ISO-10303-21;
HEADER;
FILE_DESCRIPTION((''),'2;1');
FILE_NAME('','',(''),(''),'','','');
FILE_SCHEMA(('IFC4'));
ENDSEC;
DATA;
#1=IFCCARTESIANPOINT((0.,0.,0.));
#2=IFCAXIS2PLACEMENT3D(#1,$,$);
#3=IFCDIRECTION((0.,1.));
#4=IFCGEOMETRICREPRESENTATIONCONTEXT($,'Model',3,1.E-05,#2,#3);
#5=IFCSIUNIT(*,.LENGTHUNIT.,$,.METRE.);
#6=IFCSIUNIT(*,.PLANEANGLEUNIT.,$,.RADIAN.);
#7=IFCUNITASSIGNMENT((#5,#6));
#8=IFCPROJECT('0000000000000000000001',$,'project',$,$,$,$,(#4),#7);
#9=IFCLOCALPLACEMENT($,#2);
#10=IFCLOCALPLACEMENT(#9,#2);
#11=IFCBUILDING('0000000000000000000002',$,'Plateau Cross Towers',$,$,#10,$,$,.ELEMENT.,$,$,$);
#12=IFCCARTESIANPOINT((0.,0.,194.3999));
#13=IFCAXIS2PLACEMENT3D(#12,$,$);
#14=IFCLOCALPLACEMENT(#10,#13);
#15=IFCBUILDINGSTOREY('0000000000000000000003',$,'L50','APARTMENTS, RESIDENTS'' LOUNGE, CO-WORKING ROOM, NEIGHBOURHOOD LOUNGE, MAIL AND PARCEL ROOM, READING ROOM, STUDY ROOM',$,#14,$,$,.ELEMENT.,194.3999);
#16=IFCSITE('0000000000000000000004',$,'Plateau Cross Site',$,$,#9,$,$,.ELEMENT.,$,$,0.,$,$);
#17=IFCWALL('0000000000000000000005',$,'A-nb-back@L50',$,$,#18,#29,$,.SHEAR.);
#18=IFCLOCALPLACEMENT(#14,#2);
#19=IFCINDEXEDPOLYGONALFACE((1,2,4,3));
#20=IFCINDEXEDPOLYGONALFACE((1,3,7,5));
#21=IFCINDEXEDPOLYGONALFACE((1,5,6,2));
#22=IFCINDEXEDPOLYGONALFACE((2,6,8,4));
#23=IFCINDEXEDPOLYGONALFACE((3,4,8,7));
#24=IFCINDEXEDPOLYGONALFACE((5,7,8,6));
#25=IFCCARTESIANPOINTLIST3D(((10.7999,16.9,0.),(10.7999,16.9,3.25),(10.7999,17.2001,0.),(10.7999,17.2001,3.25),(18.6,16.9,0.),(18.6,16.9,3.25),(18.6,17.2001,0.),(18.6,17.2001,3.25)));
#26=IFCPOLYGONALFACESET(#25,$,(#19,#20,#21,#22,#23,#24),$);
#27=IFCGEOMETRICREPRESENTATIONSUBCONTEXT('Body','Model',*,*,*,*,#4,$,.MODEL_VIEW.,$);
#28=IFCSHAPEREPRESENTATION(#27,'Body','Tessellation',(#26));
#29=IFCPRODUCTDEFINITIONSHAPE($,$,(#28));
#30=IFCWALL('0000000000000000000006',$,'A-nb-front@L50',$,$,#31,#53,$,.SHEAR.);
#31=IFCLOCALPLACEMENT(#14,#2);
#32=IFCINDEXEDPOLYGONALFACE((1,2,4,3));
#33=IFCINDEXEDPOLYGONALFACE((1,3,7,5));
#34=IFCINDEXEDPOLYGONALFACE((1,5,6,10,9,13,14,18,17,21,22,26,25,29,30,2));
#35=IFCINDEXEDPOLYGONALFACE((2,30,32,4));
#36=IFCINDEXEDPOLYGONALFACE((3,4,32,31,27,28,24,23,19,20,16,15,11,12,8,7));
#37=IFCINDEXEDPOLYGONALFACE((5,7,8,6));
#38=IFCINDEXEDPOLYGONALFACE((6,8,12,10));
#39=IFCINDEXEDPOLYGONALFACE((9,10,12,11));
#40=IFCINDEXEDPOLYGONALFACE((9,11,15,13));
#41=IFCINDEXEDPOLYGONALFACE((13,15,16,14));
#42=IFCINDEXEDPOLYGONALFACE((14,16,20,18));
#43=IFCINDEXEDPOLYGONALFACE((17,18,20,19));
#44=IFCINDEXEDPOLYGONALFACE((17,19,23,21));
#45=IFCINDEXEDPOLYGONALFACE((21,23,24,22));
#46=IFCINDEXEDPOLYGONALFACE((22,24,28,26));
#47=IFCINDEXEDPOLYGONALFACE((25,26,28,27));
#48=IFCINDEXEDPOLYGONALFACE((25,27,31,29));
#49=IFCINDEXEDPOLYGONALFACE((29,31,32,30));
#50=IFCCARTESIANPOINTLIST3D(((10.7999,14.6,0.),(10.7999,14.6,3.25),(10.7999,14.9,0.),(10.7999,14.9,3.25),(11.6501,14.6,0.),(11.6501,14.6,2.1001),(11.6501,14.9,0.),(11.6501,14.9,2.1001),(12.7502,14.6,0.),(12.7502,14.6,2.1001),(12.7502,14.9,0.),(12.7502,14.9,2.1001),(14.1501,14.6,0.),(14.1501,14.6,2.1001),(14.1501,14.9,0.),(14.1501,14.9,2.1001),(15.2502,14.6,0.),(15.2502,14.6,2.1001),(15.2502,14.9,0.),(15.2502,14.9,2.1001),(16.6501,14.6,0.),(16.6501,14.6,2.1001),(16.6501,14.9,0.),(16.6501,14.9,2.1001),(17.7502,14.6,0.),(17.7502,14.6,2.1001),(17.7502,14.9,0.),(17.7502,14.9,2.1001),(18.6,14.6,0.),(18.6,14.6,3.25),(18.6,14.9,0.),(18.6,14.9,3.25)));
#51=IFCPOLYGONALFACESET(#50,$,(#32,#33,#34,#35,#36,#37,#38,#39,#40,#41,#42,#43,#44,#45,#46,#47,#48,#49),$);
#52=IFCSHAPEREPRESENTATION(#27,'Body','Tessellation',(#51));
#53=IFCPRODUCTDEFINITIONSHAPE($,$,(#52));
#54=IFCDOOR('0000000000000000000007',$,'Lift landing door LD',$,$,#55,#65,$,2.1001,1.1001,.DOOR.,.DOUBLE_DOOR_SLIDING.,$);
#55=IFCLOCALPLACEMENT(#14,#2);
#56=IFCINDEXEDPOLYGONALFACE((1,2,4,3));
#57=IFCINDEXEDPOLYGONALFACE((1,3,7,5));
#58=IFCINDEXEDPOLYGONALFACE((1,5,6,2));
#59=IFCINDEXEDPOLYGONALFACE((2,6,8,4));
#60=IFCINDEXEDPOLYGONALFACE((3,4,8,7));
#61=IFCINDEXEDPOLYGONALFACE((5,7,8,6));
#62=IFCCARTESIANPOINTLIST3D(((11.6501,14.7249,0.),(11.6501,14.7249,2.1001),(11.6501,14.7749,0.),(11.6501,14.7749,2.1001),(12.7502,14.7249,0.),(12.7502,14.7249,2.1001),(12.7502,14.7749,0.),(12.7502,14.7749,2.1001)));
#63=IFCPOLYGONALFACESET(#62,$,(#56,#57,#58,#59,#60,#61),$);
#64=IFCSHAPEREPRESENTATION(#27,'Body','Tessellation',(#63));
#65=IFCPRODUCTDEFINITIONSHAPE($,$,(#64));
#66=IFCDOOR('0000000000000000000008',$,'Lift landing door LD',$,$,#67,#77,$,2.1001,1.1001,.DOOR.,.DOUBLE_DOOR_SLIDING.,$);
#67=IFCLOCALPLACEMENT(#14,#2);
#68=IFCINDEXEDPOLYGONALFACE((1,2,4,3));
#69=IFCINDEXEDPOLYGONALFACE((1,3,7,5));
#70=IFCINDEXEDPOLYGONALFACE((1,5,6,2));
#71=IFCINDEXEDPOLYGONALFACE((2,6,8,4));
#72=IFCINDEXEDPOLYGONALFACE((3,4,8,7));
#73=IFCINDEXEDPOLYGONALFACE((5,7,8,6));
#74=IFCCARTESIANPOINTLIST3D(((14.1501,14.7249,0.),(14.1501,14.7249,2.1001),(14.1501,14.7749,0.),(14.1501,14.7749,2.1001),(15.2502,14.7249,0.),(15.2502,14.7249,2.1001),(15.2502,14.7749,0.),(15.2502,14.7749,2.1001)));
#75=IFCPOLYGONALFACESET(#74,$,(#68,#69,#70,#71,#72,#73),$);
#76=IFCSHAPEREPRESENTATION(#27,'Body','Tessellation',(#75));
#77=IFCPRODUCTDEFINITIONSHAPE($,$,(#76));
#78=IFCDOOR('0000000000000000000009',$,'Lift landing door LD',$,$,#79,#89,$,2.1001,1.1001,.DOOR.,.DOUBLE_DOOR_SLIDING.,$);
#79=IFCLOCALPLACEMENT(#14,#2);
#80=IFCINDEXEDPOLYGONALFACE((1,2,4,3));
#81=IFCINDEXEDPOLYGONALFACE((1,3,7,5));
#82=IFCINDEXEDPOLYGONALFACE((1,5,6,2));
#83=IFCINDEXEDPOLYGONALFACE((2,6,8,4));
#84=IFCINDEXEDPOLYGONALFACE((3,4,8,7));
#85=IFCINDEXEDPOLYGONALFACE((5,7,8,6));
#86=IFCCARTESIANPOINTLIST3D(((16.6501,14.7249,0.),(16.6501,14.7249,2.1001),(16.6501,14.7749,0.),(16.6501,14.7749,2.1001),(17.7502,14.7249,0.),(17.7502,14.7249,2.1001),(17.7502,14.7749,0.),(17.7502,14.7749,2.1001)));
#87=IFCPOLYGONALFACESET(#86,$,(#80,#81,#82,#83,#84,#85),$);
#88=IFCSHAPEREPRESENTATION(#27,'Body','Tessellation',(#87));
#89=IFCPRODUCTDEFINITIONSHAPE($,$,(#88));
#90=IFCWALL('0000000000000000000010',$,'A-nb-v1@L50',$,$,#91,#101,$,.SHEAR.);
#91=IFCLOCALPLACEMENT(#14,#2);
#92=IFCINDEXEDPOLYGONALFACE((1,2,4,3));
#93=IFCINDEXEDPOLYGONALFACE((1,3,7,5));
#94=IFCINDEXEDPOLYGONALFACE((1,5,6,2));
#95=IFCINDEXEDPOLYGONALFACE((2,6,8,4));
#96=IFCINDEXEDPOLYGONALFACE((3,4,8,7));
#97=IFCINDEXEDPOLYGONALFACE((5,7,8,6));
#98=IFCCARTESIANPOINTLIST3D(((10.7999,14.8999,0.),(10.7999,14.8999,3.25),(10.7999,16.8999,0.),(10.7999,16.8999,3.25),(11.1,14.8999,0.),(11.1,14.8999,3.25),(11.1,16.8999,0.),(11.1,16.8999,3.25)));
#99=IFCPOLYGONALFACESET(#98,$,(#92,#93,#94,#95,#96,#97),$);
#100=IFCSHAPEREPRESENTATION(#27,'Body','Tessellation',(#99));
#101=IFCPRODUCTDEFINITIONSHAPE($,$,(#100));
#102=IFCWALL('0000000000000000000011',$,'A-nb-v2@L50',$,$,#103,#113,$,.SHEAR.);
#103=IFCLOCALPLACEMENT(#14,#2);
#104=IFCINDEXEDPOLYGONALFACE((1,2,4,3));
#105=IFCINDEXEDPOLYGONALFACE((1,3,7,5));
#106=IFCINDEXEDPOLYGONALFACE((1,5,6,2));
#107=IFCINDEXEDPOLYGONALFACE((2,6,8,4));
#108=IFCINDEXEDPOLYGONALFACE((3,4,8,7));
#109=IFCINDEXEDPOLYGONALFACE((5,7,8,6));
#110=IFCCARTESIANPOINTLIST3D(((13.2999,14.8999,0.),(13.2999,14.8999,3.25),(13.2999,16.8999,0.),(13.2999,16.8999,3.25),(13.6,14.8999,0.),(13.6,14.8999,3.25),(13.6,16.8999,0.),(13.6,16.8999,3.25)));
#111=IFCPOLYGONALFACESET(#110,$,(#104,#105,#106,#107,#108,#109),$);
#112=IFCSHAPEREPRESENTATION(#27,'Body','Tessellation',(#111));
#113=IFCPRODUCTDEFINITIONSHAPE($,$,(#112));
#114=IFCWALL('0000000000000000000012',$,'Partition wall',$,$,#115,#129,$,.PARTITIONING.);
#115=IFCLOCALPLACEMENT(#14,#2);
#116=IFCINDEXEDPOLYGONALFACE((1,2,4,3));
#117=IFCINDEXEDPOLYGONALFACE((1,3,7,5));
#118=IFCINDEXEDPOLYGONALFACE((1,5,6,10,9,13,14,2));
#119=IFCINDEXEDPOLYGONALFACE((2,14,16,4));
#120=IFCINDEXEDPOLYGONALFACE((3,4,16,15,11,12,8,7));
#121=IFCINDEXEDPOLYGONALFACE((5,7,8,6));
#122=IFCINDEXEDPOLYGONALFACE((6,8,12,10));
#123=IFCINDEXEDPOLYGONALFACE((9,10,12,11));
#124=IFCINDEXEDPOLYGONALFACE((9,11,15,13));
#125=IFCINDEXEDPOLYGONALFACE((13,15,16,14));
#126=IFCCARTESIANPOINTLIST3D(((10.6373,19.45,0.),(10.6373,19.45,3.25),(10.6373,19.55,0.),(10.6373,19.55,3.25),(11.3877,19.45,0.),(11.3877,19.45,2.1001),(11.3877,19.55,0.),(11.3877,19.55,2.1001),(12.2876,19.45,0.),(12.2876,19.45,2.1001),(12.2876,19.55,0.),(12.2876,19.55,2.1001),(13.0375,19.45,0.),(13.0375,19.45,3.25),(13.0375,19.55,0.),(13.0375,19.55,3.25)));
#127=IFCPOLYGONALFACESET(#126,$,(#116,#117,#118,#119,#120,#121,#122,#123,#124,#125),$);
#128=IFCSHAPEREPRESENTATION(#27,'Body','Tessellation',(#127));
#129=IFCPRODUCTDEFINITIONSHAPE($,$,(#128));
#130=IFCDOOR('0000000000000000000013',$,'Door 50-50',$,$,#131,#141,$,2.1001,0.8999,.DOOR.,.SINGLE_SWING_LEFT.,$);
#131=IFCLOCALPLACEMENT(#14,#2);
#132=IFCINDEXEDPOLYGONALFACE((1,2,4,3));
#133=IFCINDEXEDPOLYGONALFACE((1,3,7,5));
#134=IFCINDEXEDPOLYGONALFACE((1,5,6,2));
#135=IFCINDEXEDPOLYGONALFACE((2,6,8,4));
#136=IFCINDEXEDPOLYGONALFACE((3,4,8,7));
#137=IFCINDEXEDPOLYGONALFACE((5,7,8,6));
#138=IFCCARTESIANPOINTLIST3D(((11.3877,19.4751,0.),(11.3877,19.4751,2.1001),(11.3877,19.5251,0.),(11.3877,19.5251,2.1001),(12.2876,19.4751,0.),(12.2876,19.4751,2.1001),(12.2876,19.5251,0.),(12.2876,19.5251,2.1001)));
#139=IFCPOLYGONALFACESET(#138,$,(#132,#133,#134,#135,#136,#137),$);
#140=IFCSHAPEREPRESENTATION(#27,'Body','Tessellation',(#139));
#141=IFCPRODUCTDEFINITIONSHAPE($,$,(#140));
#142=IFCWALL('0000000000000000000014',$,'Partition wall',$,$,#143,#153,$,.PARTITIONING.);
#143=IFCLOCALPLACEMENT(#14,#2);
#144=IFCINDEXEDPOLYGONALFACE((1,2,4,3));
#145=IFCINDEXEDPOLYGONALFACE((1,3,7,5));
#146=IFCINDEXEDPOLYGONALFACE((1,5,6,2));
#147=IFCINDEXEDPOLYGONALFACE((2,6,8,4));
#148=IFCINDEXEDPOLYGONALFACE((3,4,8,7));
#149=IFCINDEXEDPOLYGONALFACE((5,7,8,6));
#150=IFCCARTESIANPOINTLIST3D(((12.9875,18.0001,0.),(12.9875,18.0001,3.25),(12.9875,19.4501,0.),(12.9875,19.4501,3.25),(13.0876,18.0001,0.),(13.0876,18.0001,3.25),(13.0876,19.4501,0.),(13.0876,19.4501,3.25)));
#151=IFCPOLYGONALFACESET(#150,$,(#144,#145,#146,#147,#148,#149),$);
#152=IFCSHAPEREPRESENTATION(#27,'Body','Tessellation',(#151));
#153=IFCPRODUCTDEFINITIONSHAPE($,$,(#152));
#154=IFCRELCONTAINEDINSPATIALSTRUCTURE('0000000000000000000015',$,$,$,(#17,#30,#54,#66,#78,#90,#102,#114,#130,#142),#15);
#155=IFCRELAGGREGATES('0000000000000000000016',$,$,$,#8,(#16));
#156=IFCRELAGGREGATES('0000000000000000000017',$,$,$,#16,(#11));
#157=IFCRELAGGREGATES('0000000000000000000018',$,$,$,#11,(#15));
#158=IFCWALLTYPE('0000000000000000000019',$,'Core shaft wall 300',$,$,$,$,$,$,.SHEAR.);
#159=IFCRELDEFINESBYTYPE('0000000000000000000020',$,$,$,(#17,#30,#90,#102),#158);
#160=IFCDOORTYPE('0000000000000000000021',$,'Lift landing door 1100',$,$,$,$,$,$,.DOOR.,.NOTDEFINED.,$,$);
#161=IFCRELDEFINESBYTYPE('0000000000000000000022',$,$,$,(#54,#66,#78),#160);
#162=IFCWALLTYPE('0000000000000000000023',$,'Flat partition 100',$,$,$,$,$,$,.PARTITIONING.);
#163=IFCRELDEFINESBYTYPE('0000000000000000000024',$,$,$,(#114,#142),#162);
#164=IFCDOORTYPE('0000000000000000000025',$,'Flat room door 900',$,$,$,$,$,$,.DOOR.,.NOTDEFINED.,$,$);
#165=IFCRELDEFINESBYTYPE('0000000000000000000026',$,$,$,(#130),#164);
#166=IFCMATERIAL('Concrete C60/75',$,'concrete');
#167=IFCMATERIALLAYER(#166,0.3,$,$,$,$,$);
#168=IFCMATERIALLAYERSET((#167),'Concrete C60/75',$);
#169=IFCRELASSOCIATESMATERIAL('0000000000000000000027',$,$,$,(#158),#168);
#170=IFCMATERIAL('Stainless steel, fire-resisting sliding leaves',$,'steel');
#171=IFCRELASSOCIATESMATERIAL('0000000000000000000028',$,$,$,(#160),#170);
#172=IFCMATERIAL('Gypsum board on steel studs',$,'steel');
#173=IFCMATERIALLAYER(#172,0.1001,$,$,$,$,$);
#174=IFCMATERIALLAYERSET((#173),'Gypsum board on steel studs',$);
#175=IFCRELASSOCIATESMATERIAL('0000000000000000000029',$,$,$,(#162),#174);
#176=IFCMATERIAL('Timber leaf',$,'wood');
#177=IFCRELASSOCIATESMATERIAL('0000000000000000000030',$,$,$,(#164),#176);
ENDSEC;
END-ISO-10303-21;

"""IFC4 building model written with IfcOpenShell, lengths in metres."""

from ifc_helpers import new_model, si_unit, direction, frame, frame_2d, origin, place, context, subcontext, project, spatial, rectangle, extrude, material, layer, layer_set, type_object, element, fill, save


model = new_model("IFC4")

# Units and contexts
model_context = context("Model", 3, precision=1e-05, world=origin(), true_north=direction((0.0, 1.0)))
body_context = subcontext(model_context, "Body", "Model", "MODEL_VIEW")
ifc_project = project(units=[si_unit("LENGTHUNIT", "METRE"), si_unit("PLANEANGLEUNIT", "RADIAN")], contexts=[model_context])

# Site, building, storey
site_placement = place(None, origin())
site = spatial("IfcSite", under=ifc_project, at=site_placement, Name="Plateau Cross Site", CompositionType="ELEMENT", RefElevation=0.0)
building_placement = place(site_placement, origin())
building = spatial("IfcBuilding", under=site, at=building_placement, Name="Plateau Cross Towers", CompositionType="ELEMENT")
storey_placement = place(building_placement, frame((0.0, 0.0, 194.3999)))
storey = spatial("IfcBuildingStorey", under=building, at=storey_placement, Name="L50", Description="APARTMENTS, RESIDENTS' LOUNGE, CO-WORKING ROOM, NEIGHBOURHOOD LOUNGE, MAIL AND PARCEL ROOM, READING ROOM, STUDY ROOM", CompositionType="ELEMENT", Elevation=194.3999)

# Wall
ifc_material_1 = material(Name="Concrete C60/75", Category="concrete")
ifc_layer_1 = layer(ifc_material_1, 0.3)
ifc_layer_set_1 = layer_set([ifc_layer_1], Name="Concrete C60/75")
wall_type_1 = type_object("IfcWallType", Name="Core shaft wall 300", PredefinedType="SHEAR", material=ifc_layer_set_1)
wall_1_placement = place(storey_placement, frame((10.8, 17.05, 0.0), z_axis=(0.0, 0.0, 1.0), x_axis=(1.0, 0.0, 0.0)))
element("IfcWall", 1, at=wall_1_placement, inside=storey, type_object=wall_type_1, Name="A-nb-back@L50", PredefinedType="SHEAR", context=body_context, shape_type="SweptSolid", body=[
    extrude(rectangle(XDim=7.8, YDim=0.3, at=frame_2d((3.8999, 0.0))), origin(), (0.0, 0.0, 1.0), 3.25),
])

# Wall, openings, doors
wall_2_placement = place(storey_placement, frame((10.8, 14.75, 0.0), z_axis=(0.0, 0.0, 1.0), x_axis=(1.0, 0.0, 0.0)))
wall_2 = element("IfcWall", 2, at=wall_2_placement, inside=storey, type_object=wall_type_1, Name="A-nb-front@L50", PredefinedType="SHEAR", context=body_context, shape_type="SweptSolid", body=[
    extrude(rectangle(XDim=7.8, YDim=0.3, at=frame_2d((3.8999, 0.0))), origin(), (0.0, 0.0, 1.0), 3.25),
])
opening_1_placement = place(wall_2_placement, frame((0.8501, 0.0, 0.0)))
opening_1 = element("IfcOpeningElement", 3, at=opening_1_placement, cuts=wall_2, PredefinedType="OPENING", context=body_context, shape_type="SweptSolid", body=[
    extrude(rectangle(XDim=1.1001, YDim=2.1001, at=frame_2d((0.55, 1.05))), frame((0.0, 0.1599, 0.0), z_axis=(0.0, -1.0, 0.0), x_axis=(1.0, 0.0, 0.0)), (0.0, 0.0, 1.0), 0.3201),
])
opening_2_placement = place(wall_2_placement, frame((3.3501, 0.0, 0.0)))
opening_2 = element("IfcOpeningElement", 4, at=opening_2_placement, cuts=wall_2, PredefinedType="OPENING", context=body_context, shape_type="SweptSolid", body=[
    extrude(rectangle(XDim=1.1001, YDim=2.1001, at=frame_2d((0.55, 1.05))), frame((0.0, 0.1599, 0.0), z_axis=(0.0, -1.0, 0.0), x_axis=(1.0, 0.0, 0.0)), (0.0, 0.0, 1.0), 0.3201),
])
opening_3_placement = place(wall_2_placement, frame((5.8501, 0.0, 0.0)))
opening_3 = element("IfcOpeningElement", 5, at=opening_3_placement, cuts=wall_2, PredefinedType="OPENING", context=body_context, shape_type="SweptSolid", body=[
    extrude(rectangle(XDim=1.1001, YDim=2.1001, at=frame_2d((0.55, 1.05))), frame((0.0, 0.1599, 0.0), z_axis=(0.0, -1.0, 0.0), x_axis=(1.0, 0.0, 0.0)), (0.0, 0.0, 1.0), 0.3201),
])
ifc_material_2 = material(Name="Stainless steel, fire-resisting sliding leaves", Category="steel")
door_type_1 = type_object("IfcDoorType", Name="Lift landing door 1100", OperationType="NOTDEFINED", PredefinedType="DOOR", material=ifc_material_2)
door_1_placement = place(opening_1_placement, origin())
door_1 = element("IfcDoor", 6, at=door_1_placement, inside=storey, type_object=door_type_1, Name="Lift landing door LD", OperationType="DOUBLE_DOOR_SLIDING", OverallHeight=2.1001, OverallWidth=1.1001, PredefinedType="DOOR", context=body_context, shape_type="SweptSolid", body=[
    extrude(rectangle(XDim=1.1001, YDim=2.1001, at=frame_2d((0.55, 1.05))), frame((0.0, 0.0249, 0.0), z_axis=(0.0, -1.0, 0.0), x_axis=(1.0, 0.0, 0.0)), (0.0, 0.0, 1.0), 0.05),
])
fill(opening_1, door_1)
door_2_placement = place(opening_2_placement, origin())
door_2 = element("IfcDoor", 7, at=door_2_placement, inside=storey, type_object=door_type_1, Name="Lift landing door LD", OperationType="DOUBLE_DOOR_SLIDING", OverallHeight=2.1001, OverallWidth=1.1001, PredefinedType="DOOR", context=body_context, shape_type="SweptSolid", body=[
    extrude(rectangle(XDim=1.1001, YDim=2.1001, at=frame_2d((0.55, 1.05))), frame((0.0, 0.0249, 0.0), z_axis=(0.0, -1.0, 0.0), x_axis=(1.0, 0.0, 0.0)), (0.0, 0.0, 1.0), 0.05),
])
fill(opening_2, door_2)
door_3_placement = place(opening_3_placement, origin())
door_3 = element("IfcDoor", 8, at=door_3_placement, inside=storey, type_object=door_type_1, Name="Lift landing door LD", OperationType="DOUBLE_DOOR_SLIDING", OverallHeight=2.1001, OverallWidth=1.1001, PredefinedType="DOOR", context=body_context, shape_type="SweptSolid", body=[
    extrude(rectangle(XDim=1.1001, YDim=2.1001, at=frame_2d((0.55, 1.05))), frame((0.0, 0.0249, 0.0), z_axis=(0.0, -1.0, 0.0), x_axis=(1.0, 0.0, 0.0)), (0.0, 0.0, 1.0), 0.05),
])
fill(opening_3, door_3)

# Walls
for number, where, z_axis, x_axis, name in (
    (9, (10.95, 14.8999, 0.0), (0.0, 0.0, 1.0), (0.0, 1.0, 0.0), "A-nb-v1@L50"),
    (10, (13.45, 14.8999, 0.0), (0.0, 0.0, 1.0), (0.0, 1.0, 0.0), "A-nb-v2@L50"),
):
    element("IfcWall", number, at=place(storey_placement, frame(where, z_axis=z_axis, x_axis=x_axis)), inside=storey, type_object=wall_type_1, Name=name, PredefinedType="SHEAR", context=body_context, shape_type="SweptSolid", body=[
        extrude(rectangle(XDim=2.0, YDim=0.3, at=frame_2d((1.0, 0.0))), origin(), (0.0, 0.0, 1.0), 3.25),
    ])

# Wall, opening, door
ifc_material_3 = material(Name="Gypsum board on steel studs", Category="steel")
ifc_layer_2 = layer(ifc_material_3, 0.1001)
ifc_layer_set_2 = layer_set([ifc_layer_2], Name="Gypsum board on steel studs")
wall_type_2 = type_object("IfcWallType", Name="Flat partition 100", PredefinedType="PARTITIONING", material=ifc_layer_set_2)
wall_3_placement = place(storey_placement, frame((13.0376, 19.5, 0.0), z_axis=(0.0, 0.0, 1.0), x_axis=(-1.0, 0.0, 0.0)))
wall_3 = element("IfcWall", 11, at=wall_3_placement, inside=storey, type_object=wall_type_2, Name="Partition wall", PredefinedType="PARTITIONING", context=body_context, shape_type="SweptSolid", body=[
    extrude(rectangle(XDim=2.4001, YDim=0.1001, at=frame_2d((1.2002, 0.0))), origin(), (0.0, 0.0, 1.0), 3.25),
])
opening_4_placement = place(wall_3_placement, frame((0.75, 0.0, 0.0)))
opening_4 = element("IfcOpeningElement", 12, at=opening_4_placement, cuts=wall_3, PredefinedType="OPENING", context=body_context, shape_type="SweptSolid", body=[
    extrude(rectangle(XDim=0.8999, YDim=2.1001, at=frame_2d((0.45, 1.05))), frame((0.0, 0.0601, 0.0), z_axis=(0.0, -1.0, 0.0), x_axis=(1.0, 0.0, 0.0)), (0.0, 0.0, 1.0), 0.1201),
])
ifc_material_4 = material(Name="Timber leaf", Category="wood")
door_type_2 = type_object("IfcDoorType", Name="Flat room door 900", OperationType="NOTDEFINED", PredefinedType="DOOR", material=ifc_material_4)
door_4_placement = place(opening_4_placement, origin())
door_4 = element("IfcDoor", 13, at=door_4_placement, inside=storey, type_object=door_type_2, Name="Door 50-50", OperationType="SINGLE_SWING_LEFT", OverallHeight=2.1001, OverallWidth=0.8999, PredefinedType="DOOR", context=body_context, shape_type="SweptSolid", body=[
    extrude(rectangle(XDim=0.8999, YDim=2.1001, at=frame_2d((0.45, 1.05))), frame((0.0, 0.0249, 0.0), z_axis=(0.0, -1.0, 0.0), x_axis=(1.0, 0.0, 0.0)), (0.0, 0.0, 1.0), 0.05),
])
fill(opening_4, door_4)

# Wall
wall_4_placement = place(storey_placement, frame((13.0376, 18.0, 0.0), z_axis=(0.0, 0.0, 1.0), x_axis=(0.0, 1.0, 0.0)))
element("IfcWall", 14, at=wall_4_placement, inside=storey, type_object=wall_type_2, Name="Partition wall", PredefinedType="PARTITIONING", context=body_context, shape_type="SweptSolid", body=[
    extrude(rectangle(XDim=1.45, YDim=0.1001, at=frame_2d((0.7251, 0.0))), origin(), (0.0, 0.0, 1.0), 3.25),
])

save(model, "model.ifc")
